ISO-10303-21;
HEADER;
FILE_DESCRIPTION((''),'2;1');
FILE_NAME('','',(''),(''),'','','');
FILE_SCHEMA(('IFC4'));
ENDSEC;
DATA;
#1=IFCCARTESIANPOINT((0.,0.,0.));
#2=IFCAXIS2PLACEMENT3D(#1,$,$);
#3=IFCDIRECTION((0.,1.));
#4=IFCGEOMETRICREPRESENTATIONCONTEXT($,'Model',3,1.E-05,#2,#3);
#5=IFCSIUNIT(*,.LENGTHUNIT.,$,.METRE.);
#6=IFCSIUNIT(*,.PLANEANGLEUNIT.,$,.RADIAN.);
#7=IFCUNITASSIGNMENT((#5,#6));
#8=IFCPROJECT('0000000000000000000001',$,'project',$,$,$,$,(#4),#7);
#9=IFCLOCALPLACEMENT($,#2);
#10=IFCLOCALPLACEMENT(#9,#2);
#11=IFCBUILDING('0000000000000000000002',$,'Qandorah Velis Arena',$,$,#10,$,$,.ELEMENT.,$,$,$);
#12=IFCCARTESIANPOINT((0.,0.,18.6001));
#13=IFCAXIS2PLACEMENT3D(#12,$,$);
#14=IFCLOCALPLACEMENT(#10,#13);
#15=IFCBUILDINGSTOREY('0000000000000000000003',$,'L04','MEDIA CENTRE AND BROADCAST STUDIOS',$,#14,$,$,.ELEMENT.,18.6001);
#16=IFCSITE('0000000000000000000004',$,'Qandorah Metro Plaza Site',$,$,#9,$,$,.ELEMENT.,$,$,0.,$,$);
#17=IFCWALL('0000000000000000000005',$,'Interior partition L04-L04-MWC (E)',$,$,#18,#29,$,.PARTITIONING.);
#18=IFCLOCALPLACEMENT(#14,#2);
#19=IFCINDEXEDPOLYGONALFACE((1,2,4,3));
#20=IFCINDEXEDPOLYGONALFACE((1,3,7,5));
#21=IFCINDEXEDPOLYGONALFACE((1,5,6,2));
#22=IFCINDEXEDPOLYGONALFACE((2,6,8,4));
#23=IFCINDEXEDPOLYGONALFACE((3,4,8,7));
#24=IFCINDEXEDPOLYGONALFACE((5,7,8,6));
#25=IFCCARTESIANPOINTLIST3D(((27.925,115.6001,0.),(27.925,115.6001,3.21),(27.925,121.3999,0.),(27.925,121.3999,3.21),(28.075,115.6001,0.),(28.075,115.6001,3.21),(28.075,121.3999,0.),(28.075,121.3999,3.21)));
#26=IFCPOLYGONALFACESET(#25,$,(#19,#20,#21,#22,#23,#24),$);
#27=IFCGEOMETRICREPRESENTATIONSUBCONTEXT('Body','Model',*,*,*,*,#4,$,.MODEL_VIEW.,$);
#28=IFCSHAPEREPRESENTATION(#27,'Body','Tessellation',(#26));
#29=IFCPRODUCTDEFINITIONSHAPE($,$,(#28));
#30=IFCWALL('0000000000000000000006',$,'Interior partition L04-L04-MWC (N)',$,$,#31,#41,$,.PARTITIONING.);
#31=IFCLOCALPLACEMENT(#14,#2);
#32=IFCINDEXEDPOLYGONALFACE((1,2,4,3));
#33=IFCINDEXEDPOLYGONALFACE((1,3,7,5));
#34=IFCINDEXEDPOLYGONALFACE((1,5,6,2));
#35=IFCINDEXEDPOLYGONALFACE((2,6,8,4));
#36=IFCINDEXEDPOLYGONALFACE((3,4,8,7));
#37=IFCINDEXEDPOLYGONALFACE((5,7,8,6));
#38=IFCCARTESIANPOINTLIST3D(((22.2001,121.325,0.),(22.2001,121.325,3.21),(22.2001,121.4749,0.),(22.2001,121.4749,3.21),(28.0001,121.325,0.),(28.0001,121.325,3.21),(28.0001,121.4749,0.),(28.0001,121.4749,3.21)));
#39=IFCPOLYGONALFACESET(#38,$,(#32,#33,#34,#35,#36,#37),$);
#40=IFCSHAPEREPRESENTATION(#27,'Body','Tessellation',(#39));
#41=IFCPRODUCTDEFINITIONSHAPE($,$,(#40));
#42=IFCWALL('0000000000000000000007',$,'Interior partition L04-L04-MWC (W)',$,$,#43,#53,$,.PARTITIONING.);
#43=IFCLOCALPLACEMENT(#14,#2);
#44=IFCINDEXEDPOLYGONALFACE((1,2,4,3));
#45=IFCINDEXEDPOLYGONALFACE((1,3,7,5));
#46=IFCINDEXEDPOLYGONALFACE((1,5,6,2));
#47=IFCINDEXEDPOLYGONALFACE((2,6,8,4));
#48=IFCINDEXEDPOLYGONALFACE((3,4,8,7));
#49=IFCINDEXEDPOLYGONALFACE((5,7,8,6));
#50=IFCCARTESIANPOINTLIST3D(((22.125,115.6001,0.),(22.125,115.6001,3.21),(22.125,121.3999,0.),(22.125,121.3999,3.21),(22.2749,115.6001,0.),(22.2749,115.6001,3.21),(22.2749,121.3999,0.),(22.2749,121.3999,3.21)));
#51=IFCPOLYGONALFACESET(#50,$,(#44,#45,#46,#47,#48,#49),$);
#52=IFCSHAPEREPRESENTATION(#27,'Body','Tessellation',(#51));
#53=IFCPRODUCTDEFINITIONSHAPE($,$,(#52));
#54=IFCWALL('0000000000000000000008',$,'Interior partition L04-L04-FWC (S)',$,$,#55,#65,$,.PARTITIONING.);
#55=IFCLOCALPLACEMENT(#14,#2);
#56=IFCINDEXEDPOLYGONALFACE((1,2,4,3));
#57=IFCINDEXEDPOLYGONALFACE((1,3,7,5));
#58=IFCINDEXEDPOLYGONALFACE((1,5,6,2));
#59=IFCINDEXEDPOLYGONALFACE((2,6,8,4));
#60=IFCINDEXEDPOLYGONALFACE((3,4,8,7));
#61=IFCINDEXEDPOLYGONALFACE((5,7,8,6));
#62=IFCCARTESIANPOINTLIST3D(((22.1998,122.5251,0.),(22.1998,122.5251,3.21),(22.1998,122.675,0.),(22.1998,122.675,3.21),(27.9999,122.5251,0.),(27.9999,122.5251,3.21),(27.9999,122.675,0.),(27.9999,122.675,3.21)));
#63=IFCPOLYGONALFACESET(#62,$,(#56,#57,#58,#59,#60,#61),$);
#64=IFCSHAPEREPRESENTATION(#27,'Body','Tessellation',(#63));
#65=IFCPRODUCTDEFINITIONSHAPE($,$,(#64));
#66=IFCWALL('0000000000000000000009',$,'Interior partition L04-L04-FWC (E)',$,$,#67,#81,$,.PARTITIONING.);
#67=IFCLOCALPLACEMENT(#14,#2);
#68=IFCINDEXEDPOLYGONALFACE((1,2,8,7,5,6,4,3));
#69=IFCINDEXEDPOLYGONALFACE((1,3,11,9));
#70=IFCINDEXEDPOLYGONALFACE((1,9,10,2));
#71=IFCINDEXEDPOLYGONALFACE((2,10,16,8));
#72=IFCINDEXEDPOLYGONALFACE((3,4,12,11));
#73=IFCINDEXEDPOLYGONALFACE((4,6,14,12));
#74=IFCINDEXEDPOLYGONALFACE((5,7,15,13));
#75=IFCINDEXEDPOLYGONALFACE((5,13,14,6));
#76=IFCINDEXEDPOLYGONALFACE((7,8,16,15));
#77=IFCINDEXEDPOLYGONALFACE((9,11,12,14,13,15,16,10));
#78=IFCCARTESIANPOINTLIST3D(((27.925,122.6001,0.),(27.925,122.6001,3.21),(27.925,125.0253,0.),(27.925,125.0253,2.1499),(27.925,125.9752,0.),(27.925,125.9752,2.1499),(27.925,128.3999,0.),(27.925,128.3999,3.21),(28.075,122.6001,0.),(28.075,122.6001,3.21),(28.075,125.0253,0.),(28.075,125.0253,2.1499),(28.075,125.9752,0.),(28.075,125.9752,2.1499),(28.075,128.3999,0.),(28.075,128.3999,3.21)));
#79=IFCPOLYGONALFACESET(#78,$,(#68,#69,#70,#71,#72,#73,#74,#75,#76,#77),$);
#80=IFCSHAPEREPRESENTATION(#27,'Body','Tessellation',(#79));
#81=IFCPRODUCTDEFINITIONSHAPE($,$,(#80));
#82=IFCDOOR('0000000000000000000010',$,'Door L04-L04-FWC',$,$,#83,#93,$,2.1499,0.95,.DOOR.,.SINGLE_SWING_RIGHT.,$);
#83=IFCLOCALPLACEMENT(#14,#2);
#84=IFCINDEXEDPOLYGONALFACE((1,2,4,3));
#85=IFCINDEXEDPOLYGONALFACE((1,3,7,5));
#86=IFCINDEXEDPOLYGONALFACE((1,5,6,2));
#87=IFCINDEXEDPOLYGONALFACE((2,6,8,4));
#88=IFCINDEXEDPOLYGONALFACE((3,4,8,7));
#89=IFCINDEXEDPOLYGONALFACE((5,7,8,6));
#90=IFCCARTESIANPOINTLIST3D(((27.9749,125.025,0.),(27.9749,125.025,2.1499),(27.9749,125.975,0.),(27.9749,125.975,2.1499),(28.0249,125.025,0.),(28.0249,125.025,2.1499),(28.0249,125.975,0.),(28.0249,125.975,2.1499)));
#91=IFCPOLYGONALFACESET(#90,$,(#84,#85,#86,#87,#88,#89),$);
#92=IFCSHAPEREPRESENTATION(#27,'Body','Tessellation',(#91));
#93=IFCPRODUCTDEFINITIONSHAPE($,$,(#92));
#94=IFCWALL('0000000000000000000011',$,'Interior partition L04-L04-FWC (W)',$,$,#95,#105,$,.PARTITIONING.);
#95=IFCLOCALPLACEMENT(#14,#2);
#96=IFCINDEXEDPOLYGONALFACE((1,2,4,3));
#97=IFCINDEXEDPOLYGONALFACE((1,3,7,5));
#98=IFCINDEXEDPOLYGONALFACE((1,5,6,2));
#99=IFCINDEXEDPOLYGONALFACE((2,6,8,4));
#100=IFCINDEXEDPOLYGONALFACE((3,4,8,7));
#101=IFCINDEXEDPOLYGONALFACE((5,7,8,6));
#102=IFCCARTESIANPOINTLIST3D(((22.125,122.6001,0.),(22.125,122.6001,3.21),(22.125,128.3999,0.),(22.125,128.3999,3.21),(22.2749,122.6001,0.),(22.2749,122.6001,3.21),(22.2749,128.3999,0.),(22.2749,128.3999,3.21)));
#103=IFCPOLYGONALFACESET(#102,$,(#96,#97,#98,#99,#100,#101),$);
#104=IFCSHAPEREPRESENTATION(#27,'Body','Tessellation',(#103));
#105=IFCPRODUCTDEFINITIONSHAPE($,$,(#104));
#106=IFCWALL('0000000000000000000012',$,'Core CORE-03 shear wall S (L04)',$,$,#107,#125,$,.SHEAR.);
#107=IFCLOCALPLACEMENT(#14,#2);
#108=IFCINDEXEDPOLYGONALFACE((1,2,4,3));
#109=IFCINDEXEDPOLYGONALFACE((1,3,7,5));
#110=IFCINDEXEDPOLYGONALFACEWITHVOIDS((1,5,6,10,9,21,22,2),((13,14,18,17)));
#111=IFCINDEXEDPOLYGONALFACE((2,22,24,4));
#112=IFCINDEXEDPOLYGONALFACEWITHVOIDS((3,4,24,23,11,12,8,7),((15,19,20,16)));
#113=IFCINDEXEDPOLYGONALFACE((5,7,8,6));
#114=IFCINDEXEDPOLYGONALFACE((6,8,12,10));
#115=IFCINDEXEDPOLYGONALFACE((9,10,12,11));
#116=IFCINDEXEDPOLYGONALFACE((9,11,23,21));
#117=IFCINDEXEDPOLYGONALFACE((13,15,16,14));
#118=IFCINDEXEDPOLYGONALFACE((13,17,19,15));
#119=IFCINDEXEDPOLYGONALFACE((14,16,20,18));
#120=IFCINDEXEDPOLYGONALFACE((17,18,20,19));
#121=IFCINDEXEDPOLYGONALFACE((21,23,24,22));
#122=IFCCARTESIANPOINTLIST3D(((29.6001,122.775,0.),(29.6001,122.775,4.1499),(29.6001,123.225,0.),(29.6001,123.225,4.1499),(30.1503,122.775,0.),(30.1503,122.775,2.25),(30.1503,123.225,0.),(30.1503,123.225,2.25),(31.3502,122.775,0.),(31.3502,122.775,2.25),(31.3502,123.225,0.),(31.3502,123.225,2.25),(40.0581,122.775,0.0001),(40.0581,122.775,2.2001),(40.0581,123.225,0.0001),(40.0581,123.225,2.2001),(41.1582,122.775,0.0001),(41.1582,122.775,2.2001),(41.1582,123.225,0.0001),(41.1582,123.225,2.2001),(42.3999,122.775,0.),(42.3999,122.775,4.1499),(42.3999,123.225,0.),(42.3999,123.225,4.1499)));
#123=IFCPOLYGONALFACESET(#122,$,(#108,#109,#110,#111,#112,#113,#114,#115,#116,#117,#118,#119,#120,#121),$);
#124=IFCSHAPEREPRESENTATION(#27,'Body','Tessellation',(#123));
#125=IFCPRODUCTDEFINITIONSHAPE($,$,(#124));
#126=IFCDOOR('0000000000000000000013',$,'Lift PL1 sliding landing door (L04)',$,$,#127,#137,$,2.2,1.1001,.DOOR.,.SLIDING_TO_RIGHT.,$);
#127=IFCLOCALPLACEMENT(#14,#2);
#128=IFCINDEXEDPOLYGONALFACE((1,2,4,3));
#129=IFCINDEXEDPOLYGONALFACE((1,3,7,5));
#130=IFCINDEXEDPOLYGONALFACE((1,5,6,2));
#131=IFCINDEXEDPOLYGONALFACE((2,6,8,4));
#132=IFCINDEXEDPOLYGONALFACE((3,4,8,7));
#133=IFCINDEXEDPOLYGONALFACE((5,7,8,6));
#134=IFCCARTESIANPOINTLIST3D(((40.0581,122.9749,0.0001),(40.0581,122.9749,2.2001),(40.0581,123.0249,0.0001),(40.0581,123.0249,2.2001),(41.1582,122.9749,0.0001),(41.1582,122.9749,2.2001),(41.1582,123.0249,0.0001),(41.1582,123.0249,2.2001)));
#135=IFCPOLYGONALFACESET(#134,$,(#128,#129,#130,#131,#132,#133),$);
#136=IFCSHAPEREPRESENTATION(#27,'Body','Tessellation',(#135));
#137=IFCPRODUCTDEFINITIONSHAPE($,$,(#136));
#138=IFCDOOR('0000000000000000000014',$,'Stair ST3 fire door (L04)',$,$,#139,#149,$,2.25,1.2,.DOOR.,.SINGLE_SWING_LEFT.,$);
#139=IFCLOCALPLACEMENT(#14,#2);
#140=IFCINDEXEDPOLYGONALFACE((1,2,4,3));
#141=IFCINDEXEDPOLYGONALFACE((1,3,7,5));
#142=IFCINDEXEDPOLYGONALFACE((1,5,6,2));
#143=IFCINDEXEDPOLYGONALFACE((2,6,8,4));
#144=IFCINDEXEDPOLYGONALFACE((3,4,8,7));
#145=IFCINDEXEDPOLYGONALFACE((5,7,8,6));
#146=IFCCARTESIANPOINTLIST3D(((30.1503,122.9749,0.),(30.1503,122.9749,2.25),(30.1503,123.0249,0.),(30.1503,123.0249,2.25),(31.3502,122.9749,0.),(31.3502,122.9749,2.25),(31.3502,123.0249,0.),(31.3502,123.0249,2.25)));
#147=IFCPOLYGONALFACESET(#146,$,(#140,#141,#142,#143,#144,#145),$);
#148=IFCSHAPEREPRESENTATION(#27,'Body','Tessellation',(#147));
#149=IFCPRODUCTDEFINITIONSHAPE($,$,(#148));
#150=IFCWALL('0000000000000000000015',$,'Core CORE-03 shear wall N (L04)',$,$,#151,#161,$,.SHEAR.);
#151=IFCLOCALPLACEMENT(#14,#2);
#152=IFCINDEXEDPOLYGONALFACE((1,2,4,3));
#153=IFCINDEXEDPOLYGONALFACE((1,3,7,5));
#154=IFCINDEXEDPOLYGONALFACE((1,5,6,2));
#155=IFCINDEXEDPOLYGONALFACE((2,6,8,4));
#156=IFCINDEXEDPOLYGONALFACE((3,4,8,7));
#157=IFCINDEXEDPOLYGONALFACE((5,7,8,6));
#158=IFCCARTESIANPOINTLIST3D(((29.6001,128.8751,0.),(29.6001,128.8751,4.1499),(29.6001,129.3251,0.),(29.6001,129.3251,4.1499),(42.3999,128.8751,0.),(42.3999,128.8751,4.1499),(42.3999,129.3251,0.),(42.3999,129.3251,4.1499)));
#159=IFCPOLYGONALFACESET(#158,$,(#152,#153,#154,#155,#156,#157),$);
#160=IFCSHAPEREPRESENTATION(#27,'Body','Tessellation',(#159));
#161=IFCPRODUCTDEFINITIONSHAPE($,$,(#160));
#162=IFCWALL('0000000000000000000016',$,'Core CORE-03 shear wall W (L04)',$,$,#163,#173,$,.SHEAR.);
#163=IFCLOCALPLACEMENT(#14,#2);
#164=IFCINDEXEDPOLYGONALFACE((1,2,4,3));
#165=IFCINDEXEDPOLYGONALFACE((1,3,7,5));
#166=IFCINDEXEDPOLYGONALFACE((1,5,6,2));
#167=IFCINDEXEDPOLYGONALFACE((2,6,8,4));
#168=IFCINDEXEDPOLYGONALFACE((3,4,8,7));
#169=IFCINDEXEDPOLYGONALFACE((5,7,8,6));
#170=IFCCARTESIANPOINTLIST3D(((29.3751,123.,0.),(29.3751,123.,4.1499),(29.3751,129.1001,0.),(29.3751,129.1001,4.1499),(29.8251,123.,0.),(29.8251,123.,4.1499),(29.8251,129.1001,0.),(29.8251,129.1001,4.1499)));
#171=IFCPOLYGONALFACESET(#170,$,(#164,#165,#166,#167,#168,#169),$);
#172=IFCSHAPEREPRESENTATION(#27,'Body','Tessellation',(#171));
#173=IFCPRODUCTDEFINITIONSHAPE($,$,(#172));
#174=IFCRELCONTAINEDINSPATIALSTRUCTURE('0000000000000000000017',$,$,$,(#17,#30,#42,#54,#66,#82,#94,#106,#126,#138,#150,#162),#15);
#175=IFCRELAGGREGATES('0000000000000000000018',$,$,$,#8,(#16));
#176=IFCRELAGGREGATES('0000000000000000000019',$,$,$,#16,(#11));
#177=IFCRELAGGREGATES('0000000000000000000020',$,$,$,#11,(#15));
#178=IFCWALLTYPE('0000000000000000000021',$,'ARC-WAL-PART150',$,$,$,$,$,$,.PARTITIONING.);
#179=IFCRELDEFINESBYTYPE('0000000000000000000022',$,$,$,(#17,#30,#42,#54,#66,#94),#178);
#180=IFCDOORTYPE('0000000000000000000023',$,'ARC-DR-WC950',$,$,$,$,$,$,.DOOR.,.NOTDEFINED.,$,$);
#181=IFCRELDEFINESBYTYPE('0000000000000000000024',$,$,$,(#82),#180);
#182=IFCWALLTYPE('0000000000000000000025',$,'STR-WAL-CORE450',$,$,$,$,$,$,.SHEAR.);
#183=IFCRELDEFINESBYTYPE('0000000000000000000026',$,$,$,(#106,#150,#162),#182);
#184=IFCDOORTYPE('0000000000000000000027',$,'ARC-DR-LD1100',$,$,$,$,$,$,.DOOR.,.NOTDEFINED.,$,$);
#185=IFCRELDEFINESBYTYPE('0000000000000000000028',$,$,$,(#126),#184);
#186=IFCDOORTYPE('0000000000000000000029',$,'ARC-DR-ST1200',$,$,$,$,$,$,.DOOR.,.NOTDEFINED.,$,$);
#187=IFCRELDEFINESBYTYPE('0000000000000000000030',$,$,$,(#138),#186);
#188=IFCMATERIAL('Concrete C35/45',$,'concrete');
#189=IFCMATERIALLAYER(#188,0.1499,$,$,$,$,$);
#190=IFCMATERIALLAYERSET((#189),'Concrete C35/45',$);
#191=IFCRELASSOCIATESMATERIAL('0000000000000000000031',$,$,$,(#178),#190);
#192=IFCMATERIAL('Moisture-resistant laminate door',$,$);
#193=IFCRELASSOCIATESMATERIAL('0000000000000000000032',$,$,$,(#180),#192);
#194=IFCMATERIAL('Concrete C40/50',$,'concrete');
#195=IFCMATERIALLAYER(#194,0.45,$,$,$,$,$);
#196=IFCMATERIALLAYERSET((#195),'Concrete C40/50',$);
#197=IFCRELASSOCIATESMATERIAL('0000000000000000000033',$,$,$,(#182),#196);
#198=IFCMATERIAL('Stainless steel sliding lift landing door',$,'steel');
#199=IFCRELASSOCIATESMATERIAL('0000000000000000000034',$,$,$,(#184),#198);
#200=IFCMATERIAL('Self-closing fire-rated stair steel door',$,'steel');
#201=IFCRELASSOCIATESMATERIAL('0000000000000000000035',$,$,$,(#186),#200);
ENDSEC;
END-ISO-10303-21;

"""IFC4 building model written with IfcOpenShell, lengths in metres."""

from ifc_helpers import new_model, si_unit, direction, frame, frame_2d, origin, place, context, subcontext, project, spatial, rectangle, extrude, material, layer, layer_set, type_object, element, fill, save


model = new_model("IFC4")

# Units and contexts
model_context = context("Model", 3, precision=1e-05, world=origin(), true_north=direction((0.0, 1.0)))
body_context = subcontext(model_context, "Body", "Model", "MODEL_VIEW")
ifc_project = project(units=[si_unit("LENGTHUNIT", "METRE"), si_unit("PLANEANGLEUNIT", "RADIAN")], contexts=[model_context])

# Site, building, storey
site_placement = place(None, origin())
site = spatial("IfcSite", under=ifc_project, at=site_placement, Name="Qandorah Metro Plaza Site", CompositionType="ELEMENT", RefElevation=0.0)
building_placement = place(site_placement, origin())
building = spatial("IfcBuilding", under=site, at=building_placement, Name="Qandorah Velis Arena", CompositionType="ELEMENT")
storey_placement = place(building_placement, frame((0.0, 0.0, 18.6001)))
storey = spatial("IfcBuildingStorey", under=building, at=storey_placement, Name="L04", Description="MEDIA CENTRE AND BROADCAST STUDIOS", CompositionType="ELEMENT", Elevation=18.6001)

# Shared definitions
ifc_material_1 = material(Name="Concrete C40/50", Category="concrete")

# Shared definitions
ifc_material_2 = material(Name="Concrete C35/45", Category="concrete")

# Shared definitions
ifc_layer_1 = layer(ifc_material_2, 0.1499)
ifc_layer_set_1 = layer_set([ifc_layer_1], Name="Concrete C35/45")
wall_type_1 = type_object("IfcWallType", Name="ARC-WAL-PART150", PredefinedType="PARTITIONING", material=ifc_layer_set_1)
ifc_material_3 = material(Name="Moisture-resistant laminate door")
door_type_1 = type_object("IfcDoorType", Name="ARC-DR-WC950", OperationType="NOTDEFINED", PredefinedType="DOOR", material=ifc_material_3)

# Walls
wall_1_placement = place(storey_placement, frame((28.0, 115.6001, 0.0), z_axis=(0.0, 0.0, 1.0), x_axis=(0.0, 1.0, 0.0)))
element("IfcWall", 1, at=wall_1_placement, inside=storey, type_object=wall_type_1, Name="Interior partition L04-L04-MWC (E)", PredefinedType="PARTITIONING", context=body_context, shape_type="SweptSolid", body=[
    extrude(rectangle(XDim=5.7998, YDim=0.1499, at=frame_2d((2.8999, 0.0))), origin(), (0.0, 0.0, 1.0), 3.21),
])
wall_2_placement = place(storey_placement, frame((28.0, 121.3999, 0.0), z_axis=(0.0, 0.0, 1.0), x_axis=(-1.0, 0.0, 0.0)))
element("IfcWall", 2, at=wall_2_placement, inside=storey, type_object=wall_type_1, Name="Interior partition L04-L04-MWC (N)", PredefinedType="PARTITIONING", context=body_context, shape_type="SweptSolid", body=[
    extrude(rectangle(XDim=5.8, YDim=0.1499, at=frame_2d((2.8999, 0.0))), origin(), (0.0, 0.0, 1.0), 3.21),
])
wall_3_placement = place(storey_placement, frame((22.2, 121.3999, 0.0), z_axis=(0.0, 0.0, 1.0), x_axis=(0.0, -1.0, 0.0)))
element("IfcWall", 3, at=wall_3_placement, inside=storey, type_object=wall_type_1, Name="Interior partition L04-L04-MWC (W)", PredefinedType="PARTITIONING", context=body_context, shape_type="SweptSolid", body=[
    extrude(rectangle(XDim=5.7998, YDim=0.1499, at=frame_2d((2.8999, 0.0))), origin(), (0.0, 0.0, 1.0), 3.21),
])
wall_4_placement = place(storey_placement, frame((22.2, 122.6001, 0.0), z_axis=(0.0, 0.0, 1.0), x_axis=(1.0, 0.0, 0.0)))
element("IfcWall", 4, at=wall_4_placement, inside=storey, type_object=wall_type_1, Name="Interior partition L04-L04-FWC (S)", PredefinedType="PARTITIONING", context=body_context, shape_type="SweptSolid", body=[
    extrude(rectangle(XDim=5.8, YDim=0.1499, at=frame_2d((2.8999, 0.0))), origin(), (0.0, 0.0, 1.0), 3.21),
])

# Wall, opening, door
wall_5_placement = place(storey_placement, frame((28.0, 122.6001, 0.0), z_axis=(0.0, 0.0, 1.0), x_axis=(0.0, 1.0, 0.0)))
wall_5 = element("IfcWall", 5, at=wall_5_placement, inside=storey, type_object=wall_type_1, Name="Interior partition L04-L04-FWC (E)", PredefinedType="PARTITIONING", context=body_context, shape_type="SweptSolid", body=[
    extrude(rectangle(XDim=5.7998, YDim=0.1499, at=frame_2d((2.8999, 0.0))), origin(), (0.0, 0.0, 1.0), 3.21),
])
opening_1_placement = place(wall_5_placement, frame((2.425, 0.0, 0.0)))
opening_1 = element("IfcOpeningElement", 6, at=opening_1_placement, cuts=wall_5, PredefinedType="OPENING", context=body_context, shape_type="SweptSolid", body=[
    extrude(rectangle(XDim=0.95, YDim=2.1499, at=frame_2d((0.4751, 1.075))), frame((0.0, 0.085, 0.0), z_axis=(0.0, -1.0, 0.0), x_axis=(1.0, 0.0, 0.0)), (0.0, 0.0, 1.0), 0.1699),
])
door_1_placement = place(opening_1_placement, frame((0.95, 0.0, 0.0), z_axis=(0.0, 0.0, 1.0), x_axis=(-1.0, 0.0, 0.0)))
door_1 = element("IfcDoor", 7, at=door_1_placement, inside=storey, type_object=door_type_1, Name="Door L04-L04-FWC", OperationType="SINGLE_SWING_RIGHT", OverallHeight=2.1499, OverallWidth=0.95, PredefinedType="DOOR", context=body_context, shape_type="SweptSolid", body=[
    extrude(rectangle(XDim=0.95, YDim=2.1499, at=frame_2d((0.4751, 1.075))), frame((0.0, 0.0249, 0.0), z_axis=(0.0, -1.0, 0.0), x_axis=(1.0, 0.0, 0.0)), (0.0, 0.0, 1.0), 0.05),
])
fill(opening_1, door_1)

# Wall
wall_6_placement = place(storey_placement, frame((22.2, 128.3999, 0.0), z_axis=(0.0, 0.0, 1.0), x_axis=(0.0, -1.0, 0.0)))
element("IfcWall", 8, at=wall_6_placement, inside=storey, type_object=wall_type_1, Name="Interior partition L04-L04-FWC (W)", PredefinedType="PARTITIONING", context=body_context, shape_type="SweptSolid", body=[
    extrude(rectangle(XDim=5.7998, YDim=0.1499, at=frame_2d((2.8999, 0.0))), origin(), (0.0, 0.0, 1.0), 3.21),
])

# Wall, openings, doors
ifc_layer_2 = layer(ifc_material_1, 0.45)
ifc_layer_set_2 = layer_set([ifc_layer_2], Name="Concrete C40/50")
wall_type_2 = type_object("IfcWallType", Name="STR-WAL-CORE450", PredefinedType="SHEAR", material=ifc_layer_set_2)
wall_7_placement = place(storey_placement, frame((29.6001, 123.0, 0.0), z_axis=(0.0, 0.0, 1.0), x_axis=(1.0, 0.0, 0.0)))
wall_7 = element("IfcWall", 9, at=wall_7_placement, inside=storey, type_object=wall_type_2, Name="Core CORE-03 shear wall S (L04)", PredefinedType="SHEAR", context=body_context, shape_type="SweptSolid", body=[
    extrude(rectangle(XDim=12.7998, YDim=0.45, at=frame_2d((6.3999, 0.0))), origin(), (0.0, 0.0, 1.0), 4.1499),
])
opening_2_placement = place(wall_7_placement, frame((0.55, 0.0, 0.0)))
opening_2 = element("IfcOpeningElement", 10, at=opening_2_placement, cuts=wall_7, PredefinedType="OPENING", context=body_context, shape_type="SweptSolid", body=[
    extrude(rectangle(XDim=1.2, YDim=2.25, at=frame_2d((0.6001, 1.125))), frame((0.0, 0.2349, 0.0), z_axis=(0.0, -1.0, 0.0), x_axis=(1.0, 0.0, 0.0)), (0.0, 0.0, 1.0), 0.47),
])
opening_3_placement = place(wall_7_placement, frame((10.458, 0.0, 0.0)))
opening_3 = element("IfcOpeningElement", 11, at=opening_3_placement, cuts=wall_7, PredefinedType="OPENING", context=body_context, shape_type="SweptSolid", body=[
    extrude(rectangle(XDim=1.1001, YDim=2.2, at=frame_2d((0.55, 1.1001))), frame((0.0, 0.2349, 0.0), z_axis=(0.0, -1.0, 0.0), x_axis=(1.0, 0.0, 0.0)), (0.0, 0.0, 1.0), 0.47),
])
ifc_material_4 = material(Name="Stainless steel sliding lift landing door", Category="steel")
door_type_2 = type_object("IfcDoorType", Name="ARC-DR-LD1100", OperationType="NOTDEFINED", PredefinedType="DOOR", material=ifc_material_4)
door_2_placement = place(opening_3_placement, origin())
door_2 = element("IfcDoor", 12, at=door_2_placement, inside=storey, type_object=door_type_2, Name="Lift PL1 sliding landing door (L04)", OperationType="SLIDING_TO_RIGHT", OverallHeight=2.2, OverallWidth=1.1001, PredefinedType="DOOR", context=body_context, shape_type="SweptSolid", body=[
    extrude(rectangle(XDim=1.1001, YDim=2.2, at=frame_2d((0.55, 1.1001))), frame((0.0, 0.0249, 0.0), z_axis=(0.0, -1.0, 0.0), x_axis=(1.0, 0.0, 0.0)), (0.0, 0.0, 1.0), 0.05),
])
fill(opening_3, door_2)
ifc_material_5 = material(Name="Self-closing fire-rated stair steel door", Category="steel")
door_type_3 = type_object("IfcDoorType", Name="ARC-DR-ST1200", OperationType="NOTDEFINED", PredefinedType="DOOR", material=ifc_material_5)
door_3_placement = place(opening_2_placement, origin())
door_3 = element("IfcDoor", 13, at=door_3_placement, inside=storey, type_object=door_type_3, Name="Stair ST3 fire door (L04)", OperationType="SINGLE_SWING_LEFT", OverallHeight=2.25, OverallWidth=1.2, PredefinedType="DOOR", context=body_context, shape_type="SweptSolid", body=[
    extrude(rectangle(XDim=1.2, YDim=2.25, at=frame_2d((0.6001, 1.125))), frame((0.0, 0.0249, 0.0), z_axis=(0.0, -1.0, 0.0), x_axis=(1.0, 0.0, 0.0)), (0.0, 0.0, 1.0), 0.05),
])
fill(opening_2, door_3)

# Walls
wall_8_placement = place(storey_placement, frame((29.6001, 129.1001, 0.0), z_axis=(0.0, 0.0, 1.0), x_axis=(1.0, 0.0, 0.0)))
element("IfcWall", 14, at=wall_8_placement, inside=storey, type_object=wall_type_2, Name="Core CORE-03 shear wall N (L04)", PredefinedType="SHEAR", context=body_context, shape_type="SweptSolid", body=[
    extrude(rectangle(XDim=12.7998, YDim=0.45, at=frame_2d((6.3999, 0.0))), origin(), (0.0, 0.0, 1.0), 4.1499),
])
wall_9_placement = place(storey_placement, frame((29.6001, 123.0, 0.0), z_axis=(0.0, 0.0, 1.0), x_axis=(0.0, 1.0, 0.0)))
element("IfcWall", 15, at=wall_9_placement, inside=storey, type_object=wall_type_2, Name="Core CORE-03 shear wall W (L04)", PredefinedType="SHEAR", context=body_context, shape_type="SweptSolid", body=[
    extrude(rectangle(XDim=6.1001, YDim=0.45, at=frame_2d((3.05, 0.0))), origin(), (0.0, 0.0, 1.0), 4.1499),
])

save(model, "model.ifc")
